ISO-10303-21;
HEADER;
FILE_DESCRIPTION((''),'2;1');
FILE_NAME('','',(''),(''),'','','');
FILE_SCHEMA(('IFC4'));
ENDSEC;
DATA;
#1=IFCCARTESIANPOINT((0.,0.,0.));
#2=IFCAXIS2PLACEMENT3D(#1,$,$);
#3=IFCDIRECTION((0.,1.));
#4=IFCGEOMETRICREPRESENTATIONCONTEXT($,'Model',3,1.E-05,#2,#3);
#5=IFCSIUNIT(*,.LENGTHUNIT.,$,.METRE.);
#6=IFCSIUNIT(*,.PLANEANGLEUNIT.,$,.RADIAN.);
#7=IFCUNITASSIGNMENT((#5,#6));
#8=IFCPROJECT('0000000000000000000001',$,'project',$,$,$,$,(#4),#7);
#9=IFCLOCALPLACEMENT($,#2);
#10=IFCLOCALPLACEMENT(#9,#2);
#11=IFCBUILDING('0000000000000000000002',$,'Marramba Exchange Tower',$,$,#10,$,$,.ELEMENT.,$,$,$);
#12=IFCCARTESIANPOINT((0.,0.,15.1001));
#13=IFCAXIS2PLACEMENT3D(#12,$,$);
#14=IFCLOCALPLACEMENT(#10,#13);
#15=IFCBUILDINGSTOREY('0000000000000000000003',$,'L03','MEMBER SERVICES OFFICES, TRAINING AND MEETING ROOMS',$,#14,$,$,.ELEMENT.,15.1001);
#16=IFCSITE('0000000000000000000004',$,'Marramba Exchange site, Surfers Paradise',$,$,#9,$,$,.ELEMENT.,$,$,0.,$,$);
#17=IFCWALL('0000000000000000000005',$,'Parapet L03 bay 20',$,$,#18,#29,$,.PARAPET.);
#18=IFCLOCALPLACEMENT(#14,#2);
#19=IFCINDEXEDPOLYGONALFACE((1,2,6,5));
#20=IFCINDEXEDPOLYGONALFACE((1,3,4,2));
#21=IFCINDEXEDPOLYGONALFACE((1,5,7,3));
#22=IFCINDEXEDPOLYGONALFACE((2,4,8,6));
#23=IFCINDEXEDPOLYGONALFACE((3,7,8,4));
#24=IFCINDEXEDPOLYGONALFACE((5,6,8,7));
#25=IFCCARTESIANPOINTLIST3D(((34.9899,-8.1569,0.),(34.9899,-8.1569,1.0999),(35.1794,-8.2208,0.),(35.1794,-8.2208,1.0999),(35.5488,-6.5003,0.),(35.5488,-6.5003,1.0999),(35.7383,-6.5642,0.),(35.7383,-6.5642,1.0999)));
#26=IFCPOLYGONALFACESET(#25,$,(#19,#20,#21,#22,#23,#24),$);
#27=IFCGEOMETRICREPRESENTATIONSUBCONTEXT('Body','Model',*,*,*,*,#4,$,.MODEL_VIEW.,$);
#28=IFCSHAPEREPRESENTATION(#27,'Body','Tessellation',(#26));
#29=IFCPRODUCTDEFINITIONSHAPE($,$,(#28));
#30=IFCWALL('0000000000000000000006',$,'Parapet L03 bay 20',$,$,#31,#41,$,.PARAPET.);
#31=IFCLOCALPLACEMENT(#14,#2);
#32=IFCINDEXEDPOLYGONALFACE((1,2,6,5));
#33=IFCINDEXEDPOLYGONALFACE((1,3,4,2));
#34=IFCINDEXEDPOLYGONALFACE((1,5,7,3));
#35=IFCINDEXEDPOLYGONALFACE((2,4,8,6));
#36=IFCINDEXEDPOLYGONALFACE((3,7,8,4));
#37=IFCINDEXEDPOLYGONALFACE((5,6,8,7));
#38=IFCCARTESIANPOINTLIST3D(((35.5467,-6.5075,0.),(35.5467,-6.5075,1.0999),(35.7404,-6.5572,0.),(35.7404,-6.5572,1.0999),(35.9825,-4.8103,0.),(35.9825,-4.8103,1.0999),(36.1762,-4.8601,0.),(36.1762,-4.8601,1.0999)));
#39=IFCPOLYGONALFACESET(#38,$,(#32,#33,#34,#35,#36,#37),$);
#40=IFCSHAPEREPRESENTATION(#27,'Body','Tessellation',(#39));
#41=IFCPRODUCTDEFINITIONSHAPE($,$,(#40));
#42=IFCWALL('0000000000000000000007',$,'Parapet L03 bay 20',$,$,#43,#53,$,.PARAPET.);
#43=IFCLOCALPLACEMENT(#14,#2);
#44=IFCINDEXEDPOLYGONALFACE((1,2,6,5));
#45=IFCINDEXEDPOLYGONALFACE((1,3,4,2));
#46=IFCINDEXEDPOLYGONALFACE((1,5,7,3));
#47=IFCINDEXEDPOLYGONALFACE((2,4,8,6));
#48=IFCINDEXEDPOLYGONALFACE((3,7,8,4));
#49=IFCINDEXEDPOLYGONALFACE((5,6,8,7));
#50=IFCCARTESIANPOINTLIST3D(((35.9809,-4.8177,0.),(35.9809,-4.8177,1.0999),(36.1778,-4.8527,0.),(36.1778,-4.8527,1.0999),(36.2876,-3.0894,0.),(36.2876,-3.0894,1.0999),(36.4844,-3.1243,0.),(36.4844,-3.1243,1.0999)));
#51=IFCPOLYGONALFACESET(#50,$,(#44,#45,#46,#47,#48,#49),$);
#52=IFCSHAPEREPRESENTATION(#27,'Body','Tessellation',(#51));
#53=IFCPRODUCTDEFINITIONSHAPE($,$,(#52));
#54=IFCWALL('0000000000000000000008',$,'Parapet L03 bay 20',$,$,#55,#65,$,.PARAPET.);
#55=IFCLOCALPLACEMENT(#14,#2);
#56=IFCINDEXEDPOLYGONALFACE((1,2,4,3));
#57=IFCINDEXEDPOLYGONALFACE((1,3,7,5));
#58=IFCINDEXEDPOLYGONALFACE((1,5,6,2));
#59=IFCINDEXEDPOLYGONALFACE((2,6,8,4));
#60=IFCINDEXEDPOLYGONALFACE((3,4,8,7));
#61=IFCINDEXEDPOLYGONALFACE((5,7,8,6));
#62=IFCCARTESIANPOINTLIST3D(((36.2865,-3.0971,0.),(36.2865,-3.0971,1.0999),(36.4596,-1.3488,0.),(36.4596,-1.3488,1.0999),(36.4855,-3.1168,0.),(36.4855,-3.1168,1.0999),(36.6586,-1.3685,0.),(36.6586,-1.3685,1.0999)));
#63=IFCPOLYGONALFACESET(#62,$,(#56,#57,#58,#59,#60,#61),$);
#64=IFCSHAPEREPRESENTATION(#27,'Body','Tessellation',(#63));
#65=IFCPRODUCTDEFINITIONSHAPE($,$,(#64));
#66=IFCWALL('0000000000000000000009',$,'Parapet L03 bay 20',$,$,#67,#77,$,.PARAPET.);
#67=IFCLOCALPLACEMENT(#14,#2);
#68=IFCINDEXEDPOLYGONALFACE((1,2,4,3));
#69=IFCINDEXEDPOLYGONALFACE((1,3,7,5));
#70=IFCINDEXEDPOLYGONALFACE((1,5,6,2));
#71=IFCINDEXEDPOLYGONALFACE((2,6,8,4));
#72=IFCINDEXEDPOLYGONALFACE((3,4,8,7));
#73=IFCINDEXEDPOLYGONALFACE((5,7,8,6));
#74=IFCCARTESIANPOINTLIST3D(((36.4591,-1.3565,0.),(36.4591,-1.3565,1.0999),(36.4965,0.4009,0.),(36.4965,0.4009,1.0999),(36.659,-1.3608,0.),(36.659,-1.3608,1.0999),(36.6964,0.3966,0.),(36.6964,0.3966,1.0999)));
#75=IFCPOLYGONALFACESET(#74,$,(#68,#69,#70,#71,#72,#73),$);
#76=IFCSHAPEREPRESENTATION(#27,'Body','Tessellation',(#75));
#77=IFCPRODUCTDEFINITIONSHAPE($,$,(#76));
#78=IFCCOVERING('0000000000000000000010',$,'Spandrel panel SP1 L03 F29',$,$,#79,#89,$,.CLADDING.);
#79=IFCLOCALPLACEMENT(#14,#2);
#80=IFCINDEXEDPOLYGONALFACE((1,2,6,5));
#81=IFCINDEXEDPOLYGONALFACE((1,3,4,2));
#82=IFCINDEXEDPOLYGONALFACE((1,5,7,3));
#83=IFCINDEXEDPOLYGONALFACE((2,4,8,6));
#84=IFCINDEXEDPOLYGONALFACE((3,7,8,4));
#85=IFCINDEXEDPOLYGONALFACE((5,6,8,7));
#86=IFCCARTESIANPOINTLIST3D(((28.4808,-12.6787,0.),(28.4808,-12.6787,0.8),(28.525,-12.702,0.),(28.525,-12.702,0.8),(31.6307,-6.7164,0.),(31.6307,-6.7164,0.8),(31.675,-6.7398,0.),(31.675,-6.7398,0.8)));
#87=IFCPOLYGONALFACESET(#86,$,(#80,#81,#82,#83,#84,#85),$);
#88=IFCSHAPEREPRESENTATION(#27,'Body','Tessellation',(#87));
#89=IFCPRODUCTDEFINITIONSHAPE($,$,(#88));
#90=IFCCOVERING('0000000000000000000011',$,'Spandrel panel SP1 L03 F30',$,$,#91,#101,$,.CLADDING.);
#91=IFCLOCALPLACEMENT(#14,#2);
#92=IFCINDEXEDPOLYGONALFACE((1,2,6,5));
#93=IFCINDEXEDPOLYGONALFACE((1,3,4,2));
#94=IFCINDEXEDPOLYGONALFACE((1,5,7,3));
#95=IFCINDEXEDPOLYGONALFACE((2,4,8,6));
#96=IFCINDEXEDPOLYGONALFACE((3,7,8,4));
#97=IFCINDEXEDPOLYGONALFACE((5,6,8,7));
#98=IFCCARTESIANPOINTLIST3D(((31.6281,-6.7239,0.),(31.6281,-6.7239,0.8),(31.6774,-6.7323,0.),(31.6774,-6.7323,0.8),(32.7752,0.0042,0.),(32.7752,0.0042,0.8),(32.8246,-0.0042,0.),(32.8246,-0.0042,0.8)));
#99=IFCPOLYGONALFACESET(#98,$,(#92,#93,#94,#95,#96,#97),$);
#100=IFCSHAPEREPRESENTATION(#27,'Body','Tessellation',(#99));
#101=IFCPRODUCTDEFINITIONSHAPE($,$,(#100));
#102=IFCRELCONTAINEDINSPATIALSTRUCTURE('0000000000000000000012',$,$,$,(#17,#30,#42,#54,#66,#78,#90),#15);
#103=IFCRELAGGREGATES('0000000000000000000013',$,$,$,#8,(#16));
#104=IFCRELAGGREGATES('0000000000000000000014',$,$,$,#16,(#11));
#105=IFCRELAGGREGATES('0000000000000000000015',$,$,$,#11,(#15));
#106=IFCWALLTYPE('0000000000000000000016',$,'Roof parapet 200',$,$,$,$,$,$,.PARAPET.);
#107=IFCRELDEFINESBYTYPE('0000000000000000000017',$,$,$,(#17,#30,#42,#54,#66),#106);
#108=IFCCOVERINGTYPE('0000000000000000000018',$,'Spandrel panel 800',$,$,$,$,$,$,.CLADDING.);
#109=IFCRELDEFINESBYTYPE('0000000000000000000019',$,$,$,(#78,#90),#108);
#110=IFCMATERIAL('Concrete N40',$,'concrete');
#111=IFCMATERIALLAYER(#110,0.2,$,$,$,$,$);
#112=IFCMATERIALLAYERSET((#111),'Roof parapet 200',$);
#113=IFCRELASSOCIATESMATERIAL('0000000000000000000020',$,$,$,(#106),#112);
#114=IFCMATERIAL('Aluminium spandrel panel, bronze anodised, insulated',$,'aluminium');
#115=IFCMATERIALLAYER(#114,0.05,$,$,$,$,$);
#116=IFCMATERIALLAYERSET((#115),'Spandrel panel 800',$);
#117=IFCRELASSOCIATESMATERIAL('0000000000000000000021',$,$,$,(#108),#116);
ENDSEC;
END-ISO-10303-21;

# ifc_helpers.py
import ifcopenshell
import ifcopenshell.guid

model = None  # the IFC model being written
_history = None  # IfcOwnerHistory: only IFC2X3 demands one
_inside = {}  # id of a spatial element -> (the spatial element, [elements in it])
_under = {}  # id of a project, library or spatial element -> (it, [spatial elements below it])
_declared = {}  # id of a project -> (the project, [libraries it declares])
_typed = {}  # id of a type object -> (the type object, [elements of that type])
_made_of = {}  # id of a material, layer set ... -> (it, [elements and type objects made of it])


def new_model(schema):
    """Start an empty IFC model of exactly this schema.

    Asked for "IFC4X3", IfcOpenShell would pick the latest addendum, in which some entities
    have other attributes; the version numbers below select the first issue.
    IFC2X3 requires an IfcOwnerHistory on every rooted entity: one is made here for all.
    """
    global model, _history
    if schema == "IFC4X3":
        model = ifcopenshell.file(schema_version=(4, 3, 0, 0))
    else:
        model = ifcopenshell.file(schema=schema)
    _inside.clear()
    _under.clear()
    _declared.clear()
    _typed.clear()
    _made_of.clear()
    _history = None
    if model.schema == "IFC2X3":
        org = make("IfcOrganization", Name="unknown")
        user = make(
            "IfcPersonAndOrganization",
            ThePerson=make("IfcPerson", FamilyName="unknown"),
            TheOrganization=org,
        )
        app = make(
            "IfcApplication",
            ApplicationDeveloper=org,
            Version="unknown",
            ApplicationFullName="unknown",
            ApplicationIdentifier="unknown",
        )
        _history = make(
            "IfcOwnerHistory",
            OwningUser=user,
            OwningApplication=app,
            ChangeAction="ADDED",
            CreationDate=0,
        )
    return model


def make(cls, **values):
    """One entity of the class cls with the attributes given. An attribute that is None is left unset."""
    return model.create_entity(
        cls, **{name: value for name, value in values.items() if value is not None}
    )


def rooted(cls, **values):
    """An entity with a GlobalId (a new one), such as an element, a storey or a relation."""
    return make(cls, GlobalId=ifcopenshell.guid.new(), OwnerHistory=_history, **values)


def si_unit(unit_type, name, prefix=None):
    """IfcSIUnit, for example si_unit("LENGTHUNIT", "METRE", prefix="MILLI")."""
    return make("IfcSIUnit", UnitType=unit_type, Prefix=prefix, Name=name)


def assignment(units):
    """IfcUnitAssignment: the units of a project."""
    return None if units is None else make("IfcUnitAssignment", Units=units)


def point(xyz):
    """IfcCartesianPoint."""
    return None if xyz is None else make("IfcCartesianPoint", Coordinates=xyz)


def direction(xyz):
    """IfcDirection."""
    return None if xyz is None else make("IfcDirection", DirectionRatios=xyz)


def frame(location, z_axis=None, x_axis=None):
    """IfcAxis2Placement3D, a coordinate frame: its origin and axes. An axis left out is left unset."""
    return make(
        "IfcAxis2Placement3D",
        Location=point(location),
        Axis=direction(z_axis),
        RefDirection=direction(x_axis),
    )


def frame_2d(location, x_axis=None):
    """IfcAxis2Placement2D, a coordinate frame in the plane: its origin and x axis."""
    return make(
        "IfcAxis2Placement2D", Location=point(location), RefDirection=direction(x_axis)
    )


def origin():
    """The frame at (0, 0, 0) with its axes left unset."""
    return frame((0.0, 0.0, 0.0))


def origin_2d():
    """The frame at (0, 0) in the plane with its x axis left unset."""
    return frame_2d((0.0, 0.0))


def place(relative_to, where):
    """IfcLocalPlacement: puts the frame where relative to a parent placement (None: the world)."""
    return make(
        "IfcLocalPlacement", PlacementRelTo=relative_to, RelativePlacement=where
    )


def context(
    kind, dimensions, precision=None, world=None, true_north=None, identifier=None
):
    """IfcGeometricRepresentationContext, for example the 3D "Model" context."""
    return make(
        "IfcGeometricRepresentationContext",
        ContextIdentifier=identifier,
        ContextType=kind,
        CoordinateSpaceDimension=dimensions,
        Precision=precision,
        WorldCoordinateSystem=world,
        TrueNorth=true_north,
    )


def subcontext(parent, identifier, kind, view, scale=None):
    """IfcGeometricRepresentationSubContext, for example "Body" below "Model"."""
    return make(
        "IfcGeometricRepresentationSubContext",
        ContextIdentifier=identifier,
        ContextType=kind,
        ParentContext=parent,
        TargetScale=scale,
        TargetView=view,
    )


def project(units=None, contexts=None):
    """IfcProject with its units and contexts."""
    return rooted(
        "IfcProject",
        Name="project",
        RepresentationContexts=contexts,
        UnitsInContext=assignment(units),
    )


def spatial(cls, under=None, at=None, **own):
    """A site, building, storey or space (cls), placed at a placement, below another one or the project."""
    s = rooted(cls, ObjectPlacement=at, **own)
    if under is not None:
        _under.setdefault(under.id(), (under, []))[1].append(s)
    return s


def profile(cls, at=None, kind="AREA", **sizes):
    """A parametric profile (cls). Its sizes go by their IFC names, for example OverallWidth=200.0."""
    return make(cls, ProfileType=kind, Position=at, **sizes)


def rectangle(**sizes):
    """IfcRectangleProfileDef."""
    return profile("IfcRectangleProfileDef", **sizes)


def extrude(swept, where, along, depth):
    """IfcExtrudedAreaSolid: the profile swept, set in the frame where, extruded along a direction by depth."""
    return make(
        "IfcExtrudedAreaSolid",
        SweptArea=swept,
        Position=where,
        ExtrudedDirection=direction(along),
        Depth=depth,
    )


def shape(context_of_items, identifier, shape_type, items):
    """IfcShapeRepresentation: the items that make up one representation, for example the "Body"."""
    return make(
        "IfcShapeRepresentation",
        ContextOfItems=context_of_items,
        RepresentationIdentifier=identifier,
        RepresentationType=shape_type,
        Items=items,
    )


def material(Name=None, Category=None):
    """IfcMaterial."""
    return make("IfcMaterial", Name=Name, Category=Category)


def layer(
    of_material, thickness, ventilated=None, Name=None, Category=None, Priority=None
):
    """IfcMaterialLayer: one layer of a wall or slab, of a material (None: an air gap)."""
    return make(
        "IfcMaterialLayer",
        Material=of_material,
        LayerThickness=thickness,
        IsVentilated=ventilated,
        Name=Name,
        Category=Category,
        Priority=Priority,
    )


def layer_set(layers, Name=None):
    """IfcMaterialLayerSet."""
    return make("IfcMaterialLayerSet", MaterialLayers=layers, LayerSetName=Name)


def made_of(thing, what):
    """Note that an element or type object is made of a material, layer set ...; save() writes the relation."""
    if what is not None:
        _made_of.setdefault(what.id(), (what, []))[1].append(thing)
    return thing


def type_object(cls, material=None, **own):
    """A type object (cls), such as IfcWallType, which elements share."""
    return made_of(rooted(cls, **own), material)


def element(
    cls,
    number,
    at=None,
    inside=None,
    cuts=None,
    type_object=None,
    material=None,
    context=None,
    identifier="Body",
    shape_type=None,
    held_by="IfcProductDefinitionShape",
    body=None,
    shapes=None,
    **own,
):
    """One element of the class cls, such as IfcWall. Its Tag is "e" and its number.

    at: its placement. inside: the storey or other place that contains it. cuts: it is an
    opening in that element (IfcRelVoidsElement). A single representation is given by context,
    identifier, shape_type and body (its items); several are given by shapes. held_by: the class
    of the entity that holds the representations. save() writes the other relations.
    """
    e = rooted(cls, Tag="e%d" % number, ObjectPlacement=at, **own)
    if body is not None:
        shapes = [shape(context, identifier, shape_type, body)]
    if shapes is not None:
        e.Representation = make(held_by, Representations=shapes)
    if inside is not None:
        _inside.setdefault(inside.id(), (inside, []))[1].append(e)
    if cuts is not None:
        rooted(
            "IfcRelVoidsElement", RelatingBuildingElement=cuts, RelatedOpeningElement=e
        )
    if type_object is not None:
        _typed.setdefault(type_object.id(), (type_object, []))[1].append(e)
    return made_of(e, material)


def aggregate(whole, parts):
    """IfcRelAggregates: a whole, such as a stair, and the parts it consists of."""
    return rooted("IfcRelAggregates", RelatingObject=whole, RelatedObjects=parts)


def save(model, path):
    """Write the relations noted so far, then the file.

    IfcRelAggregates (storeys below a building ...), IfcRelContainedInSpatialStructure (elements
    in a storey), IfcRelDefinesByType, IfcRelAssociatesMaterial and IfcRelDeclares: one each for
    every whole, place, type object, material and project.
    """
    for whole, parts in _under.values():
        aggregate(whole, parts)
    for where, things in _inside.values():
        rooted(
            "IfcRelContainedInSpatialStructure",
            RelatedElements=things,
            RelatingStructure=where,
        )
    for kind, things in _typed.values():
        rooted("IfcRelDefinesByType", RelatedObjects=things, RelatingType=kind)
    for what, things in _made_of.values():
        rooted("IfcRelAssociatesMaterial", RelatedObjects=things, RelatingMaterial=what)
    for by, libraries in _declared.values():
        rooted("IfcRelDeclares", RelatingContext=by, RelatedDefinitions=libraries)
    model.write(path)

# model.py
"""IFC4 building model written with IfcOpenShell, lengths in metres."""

from ifc_helpers import new_model, si_unit, direction, frame, frame_2d, origin, origin_2d, place, context, subcontext, project, spatial, rectangle, extrude, material, layer, layer_set, type_object, element, save


model = new_model("IFC4")

# Units and contexts
model_context = context("Model", 3, precision=1e-05, world=origin(), true_north=direction((0.0, 1.0)))
body_context = subcontext(model_context, "Body", "Model", "MODEL_VIEW")
ifc_project = project(units=[si_unit("LENGTHUNIT", "METRE"), si_unit("PLANEANGLEUNIT", "RADIAN")], contexts=[model_context])

# Site, building, storey
site_placement = place(None, origin())
site = spatial("IfcSite", under=ifc_project, at=site_placement, Name="Marramba Exchange site, Surfers Paradise", CompositionType="ELEMENT", RefElevation=0.0)
building_placement = place(site_placement, origin())
building = spatial("IfcBuilding", under=site, at=building_placement, Name="Marramba Exchange Tower", CompositionType="ELEMENT")
storey_placement = place(building_placement, frame((0.0, 0.0, 15.1001)))
storey = spatial("IfcBuildingStorey", under=building, at=storey_placement, Name="L03", Description="MEMBER SERVICES OFFICES, TRAINING AND MEETING ROOMS", CompositionType="ELEMENT", Elevation=15.1001)

# Walls
ifc_material_1 = material(Name="Concrete N40", Category="concrete")
ifc_layer_1 = layer(ifc_material_1, 0.2)
ifc_layer_set_1 = layer_set([ifc_layer_1], Name="Roof parapet 200")
wall_type = type_object("IfcWallType", Name="Roof parapet 200", PredefinedType="PARAPET", material=ifc_layer_set_1)
wall_1_placement = place(storey_placement, frame((35.0847, -8.1887, 0.0), z_axis=(0.0, 0.0, 1.0), x_axis=(0.319661, 0.947532, 0.0)))
element("IfcWall", 1, at=wall_1_placement, inside=storey, type_object=wall_type, Name="Parapet L03 bay 20", PredefinedType="PARAPET", context=body_context, shape_type="SweptSolid", body=[
    extrude(rectangle(XDim=1.7483, YDim=0.2, at=frame_2d((0.874, 0.0))), origin(), (0.0, 0.0, 1.0), 1.0999),
])
wall_2_placement = place(storey_placement, frame((35.6436, -6.5322, 0.0), z_axis=(0.0, 0.0, 1.0), x_axis=(0.248727, 0.968574, 0.0)))
element("IfcWall", 2, at=wall_2_placement, inside=storey, type_object=wall_type, Name="Parapet L03 bay 20", PredefinedType="PARAPET", context=body_context, shape_type="SweptSolid", body=[
    extrude(rectangle(XDim=1.7522, YDim=0.2, at=frame_2d((0.876, 0.0))), origin(), (0.0, 0.0, 1.0), 1.0999),
])
wall_3_placement = place(storey_placement, frame((36.0793, -4.8352, 0.0), z_axis=(0.0, 0.0, 1.0), x_axis=(0.174698, 0.984622, 0.0)))
element("IfcWall", 3, at=wall_3_placement, inside=storey, type_object=wall_type, Name="Parapet L03 bay 20", PredefinedType="PARAPET", context=body_context, shape_type="SweptSolid", body=[
    extrude(rectangle(XDim=1.7554, YDim=0.2, at=frame_2d((0.8777, 0.0))), origin(), (0.0, 0.0, 1.0), 1.0999),
])
wall_4_placement = place(storey_placement, frame((36.386, -3.1069, 0.0), z_axis=(0.0, 0.0, 1.0), x_axis=(0.098527, 0.995134, 0.0)))
element("IfcWall", 4, at=wall_4_placement, inside=storey, type_object=wall_type, Name="Parapet L03 bay 20", PredefinedType="PARAPET", context=body_context, shape_type="SweptSolid", body=[
    extrude(rectangle(XDim=1.7568, YDim=0.2, at=frame_2d((0.8784, 0.0))), origin(), (0.0, 0.0, 1.0), 1.0999),
])
wall_5_placement = place(storey_placement, frame((36.5591, -1.3586, 0.0), z_axis=(0.0, 0.0, 1.0), x_axis=(0.021251, 0.999774, 0.0)))
element("IfcWall", 5, at=wall_5_placement, inside=storey, type_object=wall_type, Name="Parapet L03 bay 20", PredefinedType="PARAPET", context=body_context, shape_type="SweptSolid", body=[
    extrude(rectangle(XDim=1.7578, YDim=0.2, at=frame_2d((0.8789, 0.0))), origin(), (0.0, 0.0, 1.0), 1.0999),
])

# Coverings
ifc_material_2 = material(Name="Aluminium spandrel panel, bronze anodised, insulated", Category="aluminium")
ifc_layer_2 = layer(ifc_material_2, 0.05)
ifc_layer_set_2 = layer_set([ifc_layer_2], Name="Spandrel panel 800")
covering_type = type_object("IfcCoveringType", Name="Spandrel panel 800", PredefinedType="CLADDING", material=ifc_layer_set_2)
covering_1_placement = place(storey_placement, frame((30.0779, -9.7092, 0.0), z_axis=(0.0, 0.0, 1.0), x_axis=(0.467131, 0.884188, 0.0)))
element("IfcCovering", 6, at=covering_1_placement, inside=storey, type_object=covering_type, Name="Spandrel panel SP1 L03 F29", PredefinedType="CLADDING", context=body_context, shape_type="SweptSolid", body=[
    extrude(rectangle(XDim=6.7432, YDim=0.05, at=origin_2d()), origin(), (0.0, 0.0, 1.0), 0.8),
])
covering_2_placement = place(storey_placement, frame((32.2263, -3.364, 0.0), z_axis=(0.0, 0.0, 1.0), x_axis=(0.168074, 0.985774, 0.0)))
element("IfcCovering", 7, at=covering_2_placement, inside=storey, type_object=covering_type, Name="Spandrel panel SP1 L03 F30", PredefinedType="CLADDING", context=body_context, shape_type="SweptSolid", body=[
    extrude(rectangle(XDim=6.8252, YDim=0.05, at=origin_2d()), origin(), (0.0, 0.0, 1.0), 0.8),
])

save(model, "model.ifc")
